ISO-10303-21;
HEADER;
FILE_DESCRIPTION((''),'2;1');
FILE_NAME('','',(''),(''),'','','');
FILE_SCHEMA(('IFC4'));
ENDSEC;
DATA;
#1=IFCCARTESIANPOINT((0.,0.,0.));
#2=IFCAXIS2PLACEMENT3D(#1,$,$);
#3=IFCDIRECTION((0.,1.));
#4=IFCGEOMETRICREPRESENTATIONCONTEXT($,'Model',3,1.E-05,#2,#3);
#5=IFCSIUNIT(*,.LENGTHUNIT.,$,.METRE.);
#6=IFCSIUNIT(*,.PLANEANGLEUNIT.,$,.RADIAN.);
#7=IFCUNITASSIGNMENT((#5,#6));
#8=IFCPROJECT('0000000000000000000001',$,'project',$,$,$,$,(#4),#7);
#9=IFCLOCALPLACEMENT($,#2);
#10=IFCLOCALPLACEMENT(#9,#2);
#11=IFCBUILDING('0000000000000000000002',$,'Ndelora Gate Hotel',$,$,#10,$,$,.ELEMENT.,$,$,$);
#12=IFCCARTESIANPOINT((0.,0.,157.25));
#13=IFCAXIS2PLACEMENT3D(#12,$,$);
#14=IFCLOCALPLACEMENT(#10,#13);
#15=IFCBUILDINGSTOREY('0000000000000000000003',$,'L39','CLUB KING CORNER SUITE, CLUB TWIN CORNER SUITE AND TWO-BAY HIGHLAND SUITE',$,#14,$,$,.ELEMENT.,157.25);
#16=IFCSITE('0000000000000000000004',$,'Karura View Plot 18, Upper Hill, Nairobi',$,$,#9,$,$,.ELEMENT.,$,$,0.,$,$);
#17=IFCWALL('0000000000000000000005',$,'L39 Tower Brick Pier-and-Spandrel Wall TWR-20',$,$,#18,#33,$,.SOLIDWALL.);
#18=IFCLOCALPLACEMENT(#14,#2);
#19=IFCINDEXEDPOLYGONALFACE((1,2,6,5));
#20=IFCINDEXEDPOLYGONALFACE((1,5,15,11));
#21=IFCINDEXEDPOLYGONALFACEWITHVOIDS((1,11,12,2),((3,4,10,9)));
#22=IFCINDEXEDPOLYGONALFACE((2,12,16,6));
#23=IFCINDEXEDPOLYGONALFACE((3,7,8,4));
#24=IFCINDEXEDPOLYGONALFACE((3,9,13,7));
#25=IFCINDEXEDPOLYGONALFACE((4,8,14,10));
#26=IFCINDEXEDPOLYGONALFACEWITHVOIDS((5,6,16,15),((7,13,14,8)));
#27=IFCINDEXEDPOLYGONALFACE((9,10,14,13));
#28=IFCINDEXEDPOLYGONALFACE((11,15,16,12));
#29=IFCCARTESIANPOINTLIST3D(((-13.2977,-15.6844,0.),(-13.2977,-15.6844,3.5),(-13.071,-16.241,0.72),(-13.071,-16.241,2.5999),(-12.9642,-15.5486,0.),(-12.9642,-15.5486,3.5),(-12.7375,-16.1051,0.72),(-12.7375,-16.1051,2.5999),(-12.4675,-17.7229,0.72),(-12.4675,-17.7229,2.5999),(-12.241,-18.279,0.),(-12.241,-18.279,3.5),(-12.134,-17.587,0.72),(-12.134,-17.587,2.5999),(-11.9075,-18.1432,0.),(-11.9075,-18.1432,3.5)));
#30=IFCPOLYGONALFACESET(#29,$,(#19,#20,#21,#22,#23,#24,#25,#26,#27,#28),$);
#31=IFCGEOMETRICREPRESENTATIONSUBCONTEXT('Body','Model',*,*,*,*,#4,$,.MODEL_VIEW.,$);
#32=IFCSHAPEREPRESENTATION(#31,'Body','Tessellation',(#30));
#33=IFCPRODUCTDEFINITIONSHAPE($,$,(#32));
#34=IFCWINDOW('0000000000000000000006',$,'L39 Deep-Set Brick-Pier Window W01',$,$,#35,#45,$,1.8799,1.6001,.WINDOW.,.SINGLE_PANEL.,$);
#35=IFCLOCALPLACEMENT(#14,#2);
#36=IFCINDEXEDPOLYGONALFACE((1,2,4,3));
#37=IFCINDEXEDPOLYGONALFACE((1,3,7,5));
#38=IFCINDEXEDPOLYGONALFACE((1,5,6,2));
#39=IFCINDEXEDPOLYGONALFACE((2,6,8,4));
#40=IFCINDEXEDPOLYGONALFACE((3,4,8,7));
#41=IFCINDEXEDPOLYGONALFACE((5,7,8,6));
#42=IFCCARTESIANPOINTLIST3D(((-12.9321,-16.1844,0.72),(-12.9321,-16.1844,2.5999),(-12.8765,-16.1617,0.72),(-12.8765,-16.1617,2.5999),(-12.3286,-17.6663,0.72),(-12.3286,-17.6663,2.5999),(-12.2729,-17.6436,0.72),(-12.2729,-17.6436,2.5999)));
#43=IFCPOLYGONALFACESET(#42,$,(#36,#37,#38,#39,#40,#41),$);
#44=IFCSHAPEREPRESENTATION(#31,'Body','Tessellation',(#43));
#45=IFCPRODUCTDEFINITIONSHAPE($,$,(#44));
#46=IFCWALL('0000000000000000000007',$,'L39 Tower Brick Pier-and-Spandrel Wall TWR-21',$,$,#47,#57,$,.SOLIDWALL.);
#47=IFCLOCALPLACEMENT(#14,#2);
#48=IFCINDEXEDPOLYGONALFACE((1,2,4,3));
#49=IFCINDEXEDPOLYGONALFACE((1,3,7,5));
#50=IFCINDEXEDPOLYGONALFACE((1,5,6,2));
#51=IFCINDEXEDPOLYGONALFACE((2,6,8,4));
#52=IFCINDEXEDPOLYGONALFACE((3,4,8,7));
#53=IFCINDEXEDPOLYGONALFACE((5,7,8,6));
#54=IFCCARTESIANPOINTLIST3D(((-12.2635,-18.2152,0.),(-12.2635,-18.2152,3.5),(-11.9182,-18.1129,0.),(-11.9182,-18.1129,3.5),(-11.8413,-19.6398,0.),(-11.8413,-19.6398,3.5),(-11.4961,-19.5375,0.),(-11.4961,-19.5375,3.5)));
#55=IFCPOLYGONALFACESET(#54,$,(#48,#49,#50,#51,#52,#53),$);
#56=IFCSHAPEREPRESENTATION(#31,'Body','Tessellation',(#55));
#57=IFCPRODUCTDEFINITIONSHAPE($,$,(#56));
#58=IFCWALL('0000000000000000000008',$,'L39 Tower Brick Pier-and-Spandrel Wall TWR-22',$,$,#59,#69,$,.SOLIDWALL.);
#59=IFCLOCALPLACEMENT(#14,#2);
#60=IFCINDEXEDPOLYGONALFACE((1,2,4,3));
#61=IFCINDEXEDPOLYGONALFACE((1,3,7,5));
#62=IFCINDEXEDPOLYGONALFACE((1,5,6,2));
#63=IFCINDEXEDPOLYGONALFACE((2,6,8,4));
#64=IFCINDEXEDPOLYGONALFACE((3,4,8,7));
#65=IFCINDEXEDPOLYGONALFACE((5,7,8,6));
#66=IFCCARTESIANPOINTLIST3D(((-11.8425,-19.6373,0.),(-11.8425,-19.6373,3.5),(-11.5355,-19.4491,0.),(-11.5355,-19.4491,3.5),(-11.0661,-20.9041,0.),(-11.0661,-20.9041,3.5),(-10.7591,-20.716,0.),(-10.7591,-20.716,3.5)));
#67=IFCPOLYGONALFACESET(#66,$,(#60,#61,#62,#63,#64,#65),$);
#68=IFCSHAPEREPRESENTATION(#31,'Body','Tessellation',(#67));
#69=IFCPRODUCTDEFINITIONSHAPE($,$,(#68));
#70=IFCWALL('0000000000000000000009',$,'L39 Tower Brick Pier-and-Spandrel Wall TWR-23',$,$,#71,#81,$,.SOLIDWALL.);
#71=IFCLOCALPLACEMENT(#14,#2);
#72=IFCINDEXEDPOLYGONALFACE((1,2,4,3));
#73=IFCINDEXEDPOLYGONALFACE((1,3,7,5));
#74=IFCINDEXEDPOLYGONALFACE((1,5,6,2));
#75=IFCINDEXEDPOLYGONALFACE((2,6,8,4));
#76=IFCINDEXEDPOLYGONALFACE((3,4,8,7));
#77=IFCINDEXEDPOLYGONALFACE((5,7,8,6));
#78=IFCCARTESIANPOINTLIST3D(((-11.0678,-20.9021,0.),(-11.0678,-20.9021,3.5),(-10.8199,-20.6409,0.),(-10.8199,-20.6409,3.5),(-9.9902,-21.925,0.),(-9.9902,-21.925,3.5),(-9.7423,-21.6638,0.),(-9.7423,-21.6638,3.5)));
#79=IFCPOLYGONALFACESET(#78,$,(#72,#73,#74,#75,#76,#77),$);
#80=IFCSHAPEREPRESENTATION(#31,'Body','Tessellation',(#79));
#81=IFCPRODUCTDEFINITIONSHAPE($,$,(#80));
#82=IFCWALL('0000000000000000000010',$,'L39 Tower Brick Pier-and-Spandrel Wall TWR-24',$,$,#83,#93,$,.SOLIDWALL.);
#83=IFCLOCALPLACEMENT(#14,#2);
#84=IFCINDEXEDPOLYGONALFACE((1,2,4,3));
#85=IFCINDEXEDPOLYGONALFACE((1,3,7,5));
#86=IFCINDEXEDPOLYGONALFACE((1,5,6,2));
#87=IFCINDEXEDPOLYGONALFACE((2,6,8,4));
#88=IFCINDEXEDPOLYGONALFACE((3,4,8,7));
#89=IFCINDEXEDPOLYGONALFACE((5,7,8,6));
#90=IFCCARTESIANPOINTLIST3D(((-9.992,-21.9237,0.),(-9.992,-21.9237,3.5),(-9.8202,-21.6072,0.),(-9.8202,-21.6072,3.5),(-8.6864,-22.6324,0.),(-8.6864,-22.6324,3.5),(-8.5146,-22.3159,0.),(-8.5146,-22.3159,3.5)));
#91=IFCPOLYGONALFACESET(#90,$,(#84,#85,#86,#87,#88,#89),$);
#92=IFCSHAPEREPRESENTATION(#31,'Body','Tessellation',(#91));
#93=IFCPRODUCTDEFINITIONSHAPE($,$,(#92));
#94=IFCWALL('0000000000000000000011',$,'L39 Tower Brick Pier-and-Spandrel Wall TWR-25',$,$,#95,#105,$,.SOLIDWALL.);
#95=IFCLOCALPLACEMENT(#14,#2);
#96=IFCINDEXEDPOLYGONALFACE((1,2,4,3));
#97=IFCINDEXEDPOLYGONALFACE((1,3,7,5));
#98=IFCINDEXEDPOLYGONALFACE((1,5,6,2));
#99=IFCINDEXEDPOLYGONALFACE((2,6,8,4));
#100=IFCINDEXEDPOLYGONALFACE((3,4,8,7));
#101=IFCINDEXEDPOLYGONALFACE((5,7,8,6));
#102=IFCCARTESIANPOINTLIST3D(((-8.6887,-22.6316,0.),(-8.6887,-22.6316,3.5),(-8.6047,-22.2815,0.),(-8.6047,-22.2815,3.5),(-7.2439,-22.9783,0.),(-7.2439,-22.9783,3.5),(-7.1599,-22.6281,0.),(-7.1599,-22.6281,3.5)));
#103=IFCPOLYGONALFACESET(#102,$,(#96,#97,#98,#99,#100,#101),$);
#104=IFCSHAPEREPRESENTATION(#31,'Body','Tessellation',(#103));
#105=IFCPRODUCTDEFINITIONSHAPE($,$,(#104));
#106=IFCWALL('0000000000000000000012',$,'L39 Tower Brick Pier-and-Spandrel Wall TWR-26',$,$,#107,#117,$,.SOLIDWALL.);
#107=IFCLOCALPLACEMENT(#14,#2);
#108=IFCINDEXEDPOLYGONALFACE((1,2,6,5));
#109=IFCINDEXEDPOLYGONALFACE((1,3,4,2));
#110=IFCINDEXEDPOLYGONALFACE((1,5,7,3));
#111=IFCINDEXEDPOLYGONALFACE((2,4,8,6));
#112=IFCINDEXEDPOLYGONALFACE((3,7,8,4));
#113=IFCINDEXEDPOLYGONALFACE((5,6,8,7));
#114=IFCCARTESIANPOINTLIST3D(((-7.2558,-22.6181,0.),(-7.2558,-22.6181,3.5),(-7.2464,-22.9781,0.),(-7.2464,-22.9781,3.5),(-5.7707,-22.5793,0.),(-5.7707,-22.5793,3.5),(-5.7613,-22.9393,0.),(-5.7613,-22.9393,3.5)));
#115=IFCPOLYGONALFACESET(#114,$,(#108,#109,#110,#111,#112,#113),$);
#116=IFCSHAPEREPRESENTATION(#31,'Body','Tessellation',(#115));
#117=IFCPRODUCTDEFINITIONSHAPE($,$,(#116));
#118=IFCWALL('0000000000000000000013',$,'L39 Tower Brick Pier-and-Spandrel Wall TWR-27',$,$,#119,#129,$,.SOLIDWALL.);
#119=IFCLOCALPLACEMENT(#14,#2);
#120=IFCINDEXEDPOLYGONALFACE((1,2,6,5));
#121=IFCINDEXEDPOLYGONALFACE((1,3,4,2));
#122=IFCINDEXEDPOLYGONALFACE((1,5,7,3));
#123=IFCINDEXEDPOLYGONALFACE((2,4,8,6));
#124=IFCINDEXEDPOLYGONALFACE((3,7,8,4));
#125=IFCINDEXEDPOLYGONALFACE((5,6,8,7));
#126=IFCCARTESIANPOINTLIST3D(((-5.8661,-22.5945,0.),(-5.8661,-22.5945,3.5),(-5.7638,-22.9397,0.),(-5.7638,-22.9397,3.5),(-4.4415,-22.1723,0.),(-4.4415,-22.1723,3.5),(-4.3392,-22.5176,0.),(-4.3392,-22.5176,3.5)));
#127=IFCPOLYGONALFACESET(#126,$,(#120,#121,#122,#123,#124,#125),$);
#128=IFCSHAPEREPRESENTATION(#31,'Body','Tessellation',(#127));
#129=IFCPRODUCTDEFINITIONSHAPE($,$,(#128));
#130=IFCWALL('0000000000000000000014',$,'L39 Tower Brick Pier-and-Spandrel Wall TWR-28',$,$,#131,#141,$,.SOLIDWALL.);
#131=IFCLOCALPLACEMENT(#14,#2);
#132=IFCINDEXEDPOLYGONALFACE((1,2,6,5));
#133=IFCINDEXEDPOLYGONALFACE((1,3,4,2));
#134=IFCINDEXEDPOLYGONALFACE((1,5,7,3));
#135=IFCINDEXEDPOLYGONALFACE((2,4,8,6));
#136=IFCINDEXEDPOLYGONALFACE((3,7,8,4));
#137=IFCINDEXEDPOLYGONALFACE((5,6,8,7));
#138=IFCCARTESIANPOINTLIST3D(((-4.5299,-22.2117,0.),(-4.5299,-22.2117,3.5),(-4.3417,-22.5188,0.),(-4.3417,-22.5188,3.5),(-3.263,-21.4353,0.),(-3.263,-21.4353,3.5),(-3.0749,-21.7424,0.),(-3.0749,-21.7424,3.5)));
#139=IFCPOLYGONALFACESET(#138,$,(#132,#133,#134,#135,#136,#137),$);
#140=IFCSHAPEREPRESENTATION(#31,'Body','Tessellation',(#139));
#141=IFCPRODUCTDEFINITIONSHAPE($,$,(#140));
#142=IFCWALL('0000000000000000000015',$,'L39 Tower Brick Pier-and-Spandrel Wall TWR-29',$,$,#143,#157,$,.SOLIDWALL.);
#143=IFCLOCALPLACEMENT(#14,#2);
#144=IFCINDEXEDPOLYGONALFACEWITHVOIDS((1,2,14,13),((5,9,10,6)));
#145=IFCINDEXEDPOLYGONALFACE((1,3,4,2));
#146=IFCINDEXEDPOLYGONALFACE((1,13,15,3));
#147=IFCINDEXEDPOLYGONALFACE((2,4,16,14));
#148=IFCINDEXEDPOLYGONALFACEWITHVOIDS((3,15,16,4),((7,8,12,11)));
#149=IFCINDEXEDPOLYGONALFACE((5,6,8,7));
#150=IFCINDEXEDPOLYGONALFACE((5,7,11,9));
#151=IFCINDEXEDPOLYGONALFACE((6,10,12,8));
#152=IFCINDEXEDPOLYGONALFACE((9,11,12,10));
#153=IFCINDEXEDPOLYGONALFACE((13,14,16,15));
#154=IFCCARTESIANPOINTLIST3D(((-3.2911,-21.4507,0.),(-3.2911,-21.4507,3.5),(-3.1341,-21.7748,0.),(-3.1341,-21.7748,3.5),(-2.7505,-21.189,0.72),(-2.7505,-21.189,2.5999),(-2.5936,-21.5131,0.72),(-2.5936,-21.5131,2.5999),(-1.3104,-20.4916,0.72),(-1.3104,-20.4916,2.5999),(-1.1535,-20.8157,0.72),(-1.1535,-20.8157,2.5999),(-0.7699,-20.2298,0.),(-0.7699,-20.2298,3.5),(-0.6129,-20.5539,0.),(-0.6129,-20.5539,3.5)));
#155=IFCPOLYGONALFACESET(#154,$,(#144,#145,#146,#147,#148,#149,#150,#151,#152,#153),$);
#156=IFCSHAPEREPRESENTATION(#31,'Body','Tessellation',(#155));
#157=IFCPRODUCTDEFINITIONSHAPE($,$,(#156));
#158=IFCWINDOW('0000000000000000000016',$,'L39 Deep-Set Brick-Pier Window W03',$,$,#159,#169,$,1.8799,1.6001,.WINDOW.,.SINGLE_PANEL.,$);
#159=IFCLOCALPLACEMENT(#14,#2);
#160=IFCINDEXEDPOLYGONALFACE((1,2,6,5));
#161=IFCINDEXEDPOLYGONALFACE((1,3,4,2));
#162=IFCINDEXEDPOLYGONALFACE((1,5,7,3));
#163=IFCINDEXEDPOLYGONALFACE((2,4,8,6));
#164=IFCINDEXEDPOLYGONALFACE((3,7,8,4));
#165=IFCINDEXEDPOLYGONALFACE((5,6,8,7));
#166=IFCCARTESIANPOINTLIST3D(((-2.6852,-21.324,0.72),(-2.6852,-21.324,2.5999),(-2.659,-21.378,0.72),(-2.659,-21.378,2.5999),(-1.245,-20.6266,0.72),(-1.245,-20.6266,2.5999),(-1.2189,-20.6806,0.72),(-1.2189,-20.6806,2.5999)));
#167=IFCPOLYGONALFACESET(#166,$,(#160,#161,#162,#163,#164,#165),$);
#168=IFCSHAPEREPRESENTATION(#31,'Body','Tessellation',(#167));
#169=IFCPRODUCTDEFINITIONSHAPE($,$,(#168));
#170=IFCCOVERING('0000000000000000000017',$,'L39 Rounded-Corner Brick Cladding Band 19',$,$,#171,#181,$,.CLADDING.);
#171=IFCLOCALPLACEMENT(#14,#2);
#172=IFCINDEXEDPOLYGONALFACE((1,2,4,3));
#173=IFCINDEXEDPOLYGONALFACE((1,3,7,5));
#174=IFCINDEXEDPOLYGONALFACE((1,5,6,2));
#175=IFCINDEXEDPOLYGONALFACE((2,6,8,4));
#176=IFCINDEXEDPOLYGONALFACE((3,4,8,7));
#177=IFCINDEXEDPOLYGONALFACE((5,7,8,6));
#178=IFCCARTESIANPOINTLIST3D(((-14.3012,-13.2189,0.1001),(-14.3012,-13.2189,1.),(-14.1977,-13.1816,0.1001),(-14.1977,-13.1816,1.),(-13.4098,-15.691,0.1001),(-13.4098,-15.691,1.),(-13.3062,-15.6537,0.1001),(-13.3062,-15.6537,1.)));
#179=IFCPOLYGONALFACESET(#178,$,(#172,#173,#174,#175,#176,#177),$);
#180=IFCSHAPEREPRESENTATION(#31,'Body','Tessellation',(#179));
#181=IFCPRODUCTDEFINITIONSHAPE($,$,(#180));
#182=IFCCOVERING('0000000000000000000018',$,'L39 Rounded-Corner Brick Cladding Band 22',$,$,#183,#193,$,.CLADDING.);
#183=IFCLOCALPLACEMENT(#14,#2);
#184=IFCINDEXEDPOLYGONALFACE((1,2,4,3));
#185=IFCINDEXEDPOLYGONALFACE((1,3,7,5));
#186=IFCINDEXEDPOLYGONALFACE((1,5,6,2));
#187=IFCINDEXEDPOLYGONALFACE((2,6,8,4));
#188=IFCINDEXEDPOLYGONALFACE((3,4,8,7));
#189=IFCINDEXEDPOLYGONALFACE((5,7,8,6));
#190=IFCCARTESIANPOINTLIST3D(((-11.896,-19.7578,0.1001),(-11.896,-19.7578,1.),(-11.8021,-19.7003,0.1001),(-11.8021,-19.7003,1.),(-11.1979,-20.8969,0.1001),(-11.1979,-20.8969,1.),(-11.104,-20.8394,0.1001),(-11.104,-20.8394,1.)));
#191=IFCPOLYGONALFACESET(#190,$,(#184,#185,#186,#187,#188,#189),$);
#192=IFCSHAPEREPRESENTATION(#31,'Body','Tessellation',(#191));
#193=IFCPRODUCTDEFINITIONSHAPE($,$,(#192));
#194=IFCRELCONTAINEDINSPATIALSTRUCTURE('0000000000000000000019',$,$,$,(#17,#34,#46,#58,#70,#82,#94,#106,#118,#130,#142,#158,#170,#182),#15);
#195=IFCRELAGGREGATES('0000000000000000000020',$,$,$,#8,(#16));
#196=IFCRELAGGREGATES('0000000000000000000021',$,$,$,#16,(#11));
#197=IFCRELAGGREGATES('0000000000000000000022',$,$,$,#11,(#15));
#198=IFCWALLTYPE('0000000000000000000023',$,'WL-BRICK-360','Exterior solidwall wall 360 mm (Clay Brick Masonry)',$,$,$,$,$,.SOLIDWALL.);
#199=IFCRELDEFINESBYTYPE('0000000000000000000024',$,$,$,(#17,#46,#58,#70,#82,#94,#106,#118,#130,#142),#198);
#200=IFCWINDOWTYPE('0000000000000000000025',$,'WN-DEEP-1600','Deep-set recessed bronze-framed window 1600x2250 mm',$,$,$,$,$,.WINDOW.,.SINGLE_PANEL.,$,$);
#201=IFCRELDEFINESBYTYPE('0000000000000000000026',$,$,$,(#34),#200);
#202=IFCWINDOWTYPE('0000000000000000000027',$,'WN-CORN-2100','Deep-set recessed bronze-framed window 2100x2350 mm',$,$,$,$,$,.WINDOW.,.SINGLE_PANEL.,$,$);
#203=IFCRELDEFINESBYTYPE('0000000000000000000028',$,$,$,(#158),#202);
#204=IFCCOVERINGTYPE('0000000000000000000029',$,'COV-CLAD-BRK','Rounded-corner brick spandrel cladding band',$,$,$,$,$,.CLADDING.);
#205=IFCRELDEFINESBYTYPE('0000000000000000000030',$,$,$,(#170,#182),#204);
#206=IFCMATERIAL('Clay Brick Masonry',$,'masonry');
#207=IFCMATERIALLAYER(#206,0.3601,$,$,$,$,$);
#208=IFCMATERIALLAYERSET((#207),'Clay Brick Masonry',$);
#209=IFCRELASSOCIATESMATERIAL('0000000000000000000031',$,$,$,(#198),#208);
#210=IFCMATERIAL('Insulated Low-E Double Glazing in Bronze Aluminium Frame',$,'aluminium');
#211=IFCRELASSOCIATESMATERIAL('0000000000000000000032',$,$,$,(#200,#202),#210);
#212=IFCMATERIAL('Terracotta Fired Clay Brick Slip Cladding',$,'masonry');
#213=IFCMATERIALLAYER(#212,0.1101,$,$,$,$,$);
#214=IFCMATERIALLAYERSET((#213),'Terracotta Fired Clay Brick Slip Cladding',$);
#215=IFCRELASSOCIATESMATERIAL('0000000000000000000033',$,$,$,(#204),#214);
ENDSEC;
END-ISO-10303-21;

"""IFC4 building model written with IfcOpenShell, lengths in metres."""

from ifc_helpers import new_model, si_unit, direction, frame, frame_2d, origin, origin_2d, place, context, subcontext, project, spatial, rectangle, extrude, material, layer, layer_set, type_object, element, fill, save


model = new_model("IFC4")

# Units and contexts
model_context = context("Model", 3, precision=1e-05, world=origin(), true_north=direction((0.0, 1.0)))
body_context = subcontext(model_context, "Body", "Model", "MODEL_VIEW")
ifc_project = project(units=[si_unit("LENGTHUNIT", "METRE"), si_unit("PLANEANGLEUNIT", "RADIAN")], contexts=[model_context])

# Site, building, storey
site_placement = place(None, origin())
site = spatial("IfcSite", under=ifc_project, at=site_placement, Name="Karura View Plot 18, Upper Hill, Nairobi", CompositionType="ELEMENT", RefElevation=0.0)
building_placement = place(site_placement, origin())
building = spatial("IfcBuilding", under=site, at=building_placement, Name="Ndelora Gate Hotel", CompositionType="ELEMENT")
storey_placement = place(building_placement, frame((0.0, 0.0, 157.25)))
storey = spatial("IfcBuildingStorey", under=building, at=storey_placement, Name="L39", Description="CLUB KING CORNER SUITE, CLUB TWIN CORNER SUITE AND TWO-BAY HIGHLAND SUITE", CompositionType="ELEMENT", Elevation=157.25)

# Wall, opening, window
ifc_material_1 = material(Name="Clay Brick Masonry", Category="masonry")
ifc_layer_1 = layer(ifc_material_1, 0.3601)
ifc_layer_set_1 = layer_set([ifc_layer_1], Name="Clay Brick Masonry")
wall_type = type_object("IfcWallType", Name="WL-BRICK-360", Description="Exterior solidwall wall 360 mm (Clay Brick Masonry)", PredefinedType="SOLIDWALL", material=ifc_layer_set_1)
ifc_material_2 = material(Name="Insulated Low-E Double Glazing in Bronze Aluminium Frame", Category="aluminium")
window_type_1 = type_object("IfcWindowType", Name="WN-DEEP-1600", Description="Deep-set recessed bronze-framed window 1600x2250 mm", PartitioningType="SINGLE_PANEL", PredefinedType="WINDOW", material=ifc_material_2)
wall_1_placement = place(storey_placement, frame((-12.0742, -18.2112, 0.0), z_axis=(0.0, 0.0, 1.0), x_axis=(-0.377183, 0.926139, 0.0)))
wall_1 = element("IfcWall", 1, at=wall_1_placement, inside=storey, type_object=wall_type, Name="L39 Tower Brick Pier-and-Spandrel Wall TWR-20", PredefinedType="SOLIDWALL", context=body_context, shape_type="SweptSolid", body=[
    extrude(rectangle(XDim=2.8015, YDim=0.3601, at=frame_2d((1.4009, 0.0))), origin(), (0.0, 0.0, 1.0), 3.5),
])
opening_1_placement = place(wall_1_placement, frame((0.6006, 0.0, 0.72)))
opening_1 = element("IfcOpeningElement", 2, at=opening_1_placement, cuts=wall_1, PredefinedType="OPENING", context=body_context, shape_type="SweptSolid", body=[
    extrude(rectangle(XDim=1.6001, YDim=1.8799, at=frame_2d((0.8, 0.9399))), frame((0.0, 0.1899, 0.0), z_axis=(0.0, -1.0, 0.0), x_axis=(1.0, 0.0, 0.0)), (0.0, 0.0, 1.0), 0.3801),
])
window_1_placement = place(opening_1_placement, origin())
window_1 = element("IfcWindow", 3, at=window_1_placement, inside=storey, type_object=window_type_1, Name="L39 Deep-Set Brick-Pier Window W01", OverallHeight=1.8799, OverallWidth=1.6001, PartitioningType="SINGLE_PANEL", PredefinedType="WINDOW", context=body_context, shape_type="SweptSolid", body=[
    extrude(rectangle(XDim=1.6001, YDim=1.8799, at=frame_2d((0.8, 0.9399))), frame((0.0, 0.03, 0.0), z_axis=(0.0, -1.0, 0.0), x_axis=(1.0, 0.0, 0.0)), (0.0, 0.0, 1.0), 0.0601),
])
fill(opening_1, window_1)

# Walls
for number, where, z_axis, x_axis, name in (
    (4, (-11.6687, -19.5886, 0.0), (0.0, 0.0, 1.0), (-0.284105, 0.958793, 0.0), "L39 Tower Brick Pier-and-Spandrel Wall TWR-21"),
    (5, (-10.9126, -20.8101, 0.0), (0.0, 0.0, 1.0), (-0.52252, 0.852627, 0.0), "L39 Tower Brick Pier-and-Spandrel Wall TWR-22"),
    (6, (-9.8662, -21.7944, 0.0), (0.0, 0.0, 1.0), (-0.72527, 0.688464, 0.0), "L39 Tower Brick Pier-and-Spandrel Wall TWR-23"),
):
    element("IfcWall", number, at=place(storey_placement, frame(where, z_axis=z_axis, x_axis=x_axis)), inside=storey, type_object=wall_type, Name=name, PredefinedType="SOLIDWALL", context=body_context, shape_type="SweptSolid", body=[
        extrude(rectangle(XDim=1.4858, YDim=0.3601, at=frame_2d((0.7429, 0.0))), origin(), (0.0, 0.0, 1.0), 3.5),
    ])
wall_2_placement = place(storey_placement, frame((-8.6006, -22.4741, 0.0), z_axis=(0.0, 0.0, 1.0), x_axis=(-0.878867, 0.477066, 0.0)))
element("IfcWall", 7, at=wall_2_placement, inside=storey, type_object=wall_type, Name="L39 Tower Brick Pier-and-Spandrel Wall TWR-24", PredefinedType="SOLIDWALL", context=body_context, shape_type="SweptSolid", body=[
    extrude(rectangle(XDim=1.4856, YDim=0.3601, at=frame_2d((0.7427, 0.0))), origin(), (0.0, 0.0, 1.0), 3.5),
])
wall_3_placement = place(storey_placement, frame((-7.2019, -22.8032, 0.0), z_axis=(0.0, 0.0, 1.0), x_axis=(-0.972399, 0.233323, 0.0)))
element("IfcWall", 8, at=wall_3_placement, inside=storey, type_object=wall_type, Name="L39 Tower Brick Pier-and-Spandrel Wall TWR-25", PredefinedType="SOLIDWALL", context=body_context, shape_type="SweptSolid", body=[
    extrude(rectangle(XDim=1.4858, YDim=0.3601, at=frame_2d((0.7429, 0.0))), origin(), (0.0, 0.0, 1.0), 3.5),
])
wall_4_placement = place(storey_placement, frame((-5.7661, -22.7593, 0.0), z_axis=(0.0, 0.0, 1.0), x_axis=(-0.999659, -0.026129, 0.0)))
element("IfcWall", 9, at=wall_4_placement, inside=storey, type_object=wall_type, Name="L39 Tower Brick Pier-and-Spandrel Wall TWR-26", PredefinedType="SOLIDWALL", context=body_context, shape_type="SweptSolid", body=[
    extrude(rectangle(XDim=1.4856, YDim=0.3601, at=frame_2d((0.7427, 0.0))), origin(), (0.0, 0.0, 1.0), 3.5),
])
for number, where, z_axis, x_axis, name in (
    (10, (-4.3904, -22.345, 0.0), (0.0, 0.0, 1.0), (-0.958793, -0.284105, 0.0), "L39 Tower Brick Pier-and-Spandrel Wall TWR-27"),
    (11, (-3.1689, -21.5889, 0.0), (0.0, 0.0, 1.0), (-0.852627, -0.52252, 0.0), "L39 Tower Brick Pier-and-Spandrel Wall TWR-28"),
):
    element("IfcWall", number, at=place(storey_placement, frame(where, z_axis=z_axis, x_axis=x_axis)), inside=storey, type_object=wall_type, Name=name, PredefinedType="SOLIDWALL", context=body_context, shape_type="SweptSolid", body=[
        extrude(rectangle(XDim=1.4858, YDim=0.3601, at=frame_2d((0.7429, 0.0))), origin(), (0.0, 0.0, 1.0), 3.5),
    ])

# Wall, opening, window
wall_5_placement = place(storey_placement, frame((-0.6914, -20.3918, 0.0), z_axis=(0.0, 0.0, 1.0), x_axis=(-0.90002, -0.435848, 0.0)))
wall_5 = element("IfcWall", 12, at=wall_5_placement, inside=storey, type_object=wall_type, Name="L39 Tower Brick Pier-and-Spandrel Wall TWR-29", PredefinedType="SOLIDWALL", context=body_context, shape_type="SweptSolid", body=[
    extrude(rectangle(XDim=2.8013, YDim=0.3601, at=frame_2d((1.4006, 0.0))), origin(), (0.0, 0.0, 1.0), 3.5),
])
opening_2_placement = place(wall_5_placement, frame((0.6006, 0.0, 0.72)))
opening_2 = element("IfcOpeningElement", 13, at=opening_2_placement, cuts=wall_5, PredefinedType="OPENING", context=body_context, shape_type="SweptSolid", body=[
    extrude(rectangle(XDim=1.6001, YDim=1.8799, at=frame_2d((0.8, 0.9399))), frame((0.0, 0.1899, 0.0), z_axis=(0.0, -1.0, 0.0), x_axis=(1.0, 0.0, 0.0)), (0.0, 0.0, 1.0), 0.3801),
])
window_type_2 = type_object("IfcWindowType", Name="WN-CORN-2100", Description="Deep-set recessed bronze-framed window 2100x2350 mm", PartitioningType="SINGLE_PANEL", PredefinedType="WINDOW", material=ifc_material_2)
window_2_placement = place(opening_2_placement, origin())
window_2 = element("IfcWindow", 14, at=window_2_placement, inside=storey, type_object=window_type_2, Name="L39 Deep-Set Brick-Pier Window W03", OverallHeight=1.8799, OverallWidth=1.6001, PartitioningType="SINGLE_PANEL", PredefinedType="WINDOW", context=body_context, shape_type="SweptSolid", body=[
    extrude(rectangle(XDim=1.6001, YDim=1.8799, at=frame_2d((0.8, 0.9399))), frame((0.0, 0.03, 0.0), z_axis=(0.0, -1.0, 0.0), x_axis=(1.0, 0.0, 0.0)), (0.0, 0.0, 1.0), 0.0601),
])
fill(opening_2, window_2)

# Coverings
ifc_material_3 = material(Name="Terracotta Fired Clay Brick Slip Cladding", Category="masonry")
ifc_layer_2 = layer(ifc_material_3, 0.1101)
ifc_layer_set_2 = layer_set([ifc_layer_2], Name="Terracotta Fired Clay Brick Slip Cladding")
covering_type = type_object("IfcCoveringType", Name="COV-CLAD-BRK", Description="Rounded-corner brick spandrel cladding band", PredefinedType="CLADDING", material=ifc_layer_set_2)
covering_placement = place(storey_placement, frame((-13.8037, -14.4363, 0.1001), z_axis=(0.0, 0.0, 1.0), x_axis=(-0.339231, 0.940703, 0.0)))
element("IfcCovering", 15, at=covering_placement, inside=storey, type_object=covering_type, Name="L39 Rounded-Corner Brick Cladding Band 19", PredefinedType="CLADDING", context=body_context, shape_type="SweptSolid", body=[
    extrude(rectangle(XDim=2.6279, YDim=0.1101, at=origin_2d()), origin(), (0.0, 0.0, 1.0), 0.8999),
])
for number, where, z_axis, x_axis, name in (
    (16, (-11.5, -20.2986, 0.1001), (0.0, 0.0, 1.0), (-0.522499, 0.85264, 0.0), "L39 Rounded-Corner Brick Cladding Band 22"),
):
    element("IfcCovering", number, at=place(storey_placement, frame(where, z_axis=z_axis, x_axis=x_axis)), inside=storey, type_object=covering_type, Name=name, PredefinedType="CLADDING", context=body_context, shape_type="SweptSolid", body=[
        extrude(rectangle(XDim=1.3359, YDim=0.1101, at=origin_2d()), origin(), (0.0, 0.0, 1.0), 0.8999),
    ])

save(model, "model.ifc")
